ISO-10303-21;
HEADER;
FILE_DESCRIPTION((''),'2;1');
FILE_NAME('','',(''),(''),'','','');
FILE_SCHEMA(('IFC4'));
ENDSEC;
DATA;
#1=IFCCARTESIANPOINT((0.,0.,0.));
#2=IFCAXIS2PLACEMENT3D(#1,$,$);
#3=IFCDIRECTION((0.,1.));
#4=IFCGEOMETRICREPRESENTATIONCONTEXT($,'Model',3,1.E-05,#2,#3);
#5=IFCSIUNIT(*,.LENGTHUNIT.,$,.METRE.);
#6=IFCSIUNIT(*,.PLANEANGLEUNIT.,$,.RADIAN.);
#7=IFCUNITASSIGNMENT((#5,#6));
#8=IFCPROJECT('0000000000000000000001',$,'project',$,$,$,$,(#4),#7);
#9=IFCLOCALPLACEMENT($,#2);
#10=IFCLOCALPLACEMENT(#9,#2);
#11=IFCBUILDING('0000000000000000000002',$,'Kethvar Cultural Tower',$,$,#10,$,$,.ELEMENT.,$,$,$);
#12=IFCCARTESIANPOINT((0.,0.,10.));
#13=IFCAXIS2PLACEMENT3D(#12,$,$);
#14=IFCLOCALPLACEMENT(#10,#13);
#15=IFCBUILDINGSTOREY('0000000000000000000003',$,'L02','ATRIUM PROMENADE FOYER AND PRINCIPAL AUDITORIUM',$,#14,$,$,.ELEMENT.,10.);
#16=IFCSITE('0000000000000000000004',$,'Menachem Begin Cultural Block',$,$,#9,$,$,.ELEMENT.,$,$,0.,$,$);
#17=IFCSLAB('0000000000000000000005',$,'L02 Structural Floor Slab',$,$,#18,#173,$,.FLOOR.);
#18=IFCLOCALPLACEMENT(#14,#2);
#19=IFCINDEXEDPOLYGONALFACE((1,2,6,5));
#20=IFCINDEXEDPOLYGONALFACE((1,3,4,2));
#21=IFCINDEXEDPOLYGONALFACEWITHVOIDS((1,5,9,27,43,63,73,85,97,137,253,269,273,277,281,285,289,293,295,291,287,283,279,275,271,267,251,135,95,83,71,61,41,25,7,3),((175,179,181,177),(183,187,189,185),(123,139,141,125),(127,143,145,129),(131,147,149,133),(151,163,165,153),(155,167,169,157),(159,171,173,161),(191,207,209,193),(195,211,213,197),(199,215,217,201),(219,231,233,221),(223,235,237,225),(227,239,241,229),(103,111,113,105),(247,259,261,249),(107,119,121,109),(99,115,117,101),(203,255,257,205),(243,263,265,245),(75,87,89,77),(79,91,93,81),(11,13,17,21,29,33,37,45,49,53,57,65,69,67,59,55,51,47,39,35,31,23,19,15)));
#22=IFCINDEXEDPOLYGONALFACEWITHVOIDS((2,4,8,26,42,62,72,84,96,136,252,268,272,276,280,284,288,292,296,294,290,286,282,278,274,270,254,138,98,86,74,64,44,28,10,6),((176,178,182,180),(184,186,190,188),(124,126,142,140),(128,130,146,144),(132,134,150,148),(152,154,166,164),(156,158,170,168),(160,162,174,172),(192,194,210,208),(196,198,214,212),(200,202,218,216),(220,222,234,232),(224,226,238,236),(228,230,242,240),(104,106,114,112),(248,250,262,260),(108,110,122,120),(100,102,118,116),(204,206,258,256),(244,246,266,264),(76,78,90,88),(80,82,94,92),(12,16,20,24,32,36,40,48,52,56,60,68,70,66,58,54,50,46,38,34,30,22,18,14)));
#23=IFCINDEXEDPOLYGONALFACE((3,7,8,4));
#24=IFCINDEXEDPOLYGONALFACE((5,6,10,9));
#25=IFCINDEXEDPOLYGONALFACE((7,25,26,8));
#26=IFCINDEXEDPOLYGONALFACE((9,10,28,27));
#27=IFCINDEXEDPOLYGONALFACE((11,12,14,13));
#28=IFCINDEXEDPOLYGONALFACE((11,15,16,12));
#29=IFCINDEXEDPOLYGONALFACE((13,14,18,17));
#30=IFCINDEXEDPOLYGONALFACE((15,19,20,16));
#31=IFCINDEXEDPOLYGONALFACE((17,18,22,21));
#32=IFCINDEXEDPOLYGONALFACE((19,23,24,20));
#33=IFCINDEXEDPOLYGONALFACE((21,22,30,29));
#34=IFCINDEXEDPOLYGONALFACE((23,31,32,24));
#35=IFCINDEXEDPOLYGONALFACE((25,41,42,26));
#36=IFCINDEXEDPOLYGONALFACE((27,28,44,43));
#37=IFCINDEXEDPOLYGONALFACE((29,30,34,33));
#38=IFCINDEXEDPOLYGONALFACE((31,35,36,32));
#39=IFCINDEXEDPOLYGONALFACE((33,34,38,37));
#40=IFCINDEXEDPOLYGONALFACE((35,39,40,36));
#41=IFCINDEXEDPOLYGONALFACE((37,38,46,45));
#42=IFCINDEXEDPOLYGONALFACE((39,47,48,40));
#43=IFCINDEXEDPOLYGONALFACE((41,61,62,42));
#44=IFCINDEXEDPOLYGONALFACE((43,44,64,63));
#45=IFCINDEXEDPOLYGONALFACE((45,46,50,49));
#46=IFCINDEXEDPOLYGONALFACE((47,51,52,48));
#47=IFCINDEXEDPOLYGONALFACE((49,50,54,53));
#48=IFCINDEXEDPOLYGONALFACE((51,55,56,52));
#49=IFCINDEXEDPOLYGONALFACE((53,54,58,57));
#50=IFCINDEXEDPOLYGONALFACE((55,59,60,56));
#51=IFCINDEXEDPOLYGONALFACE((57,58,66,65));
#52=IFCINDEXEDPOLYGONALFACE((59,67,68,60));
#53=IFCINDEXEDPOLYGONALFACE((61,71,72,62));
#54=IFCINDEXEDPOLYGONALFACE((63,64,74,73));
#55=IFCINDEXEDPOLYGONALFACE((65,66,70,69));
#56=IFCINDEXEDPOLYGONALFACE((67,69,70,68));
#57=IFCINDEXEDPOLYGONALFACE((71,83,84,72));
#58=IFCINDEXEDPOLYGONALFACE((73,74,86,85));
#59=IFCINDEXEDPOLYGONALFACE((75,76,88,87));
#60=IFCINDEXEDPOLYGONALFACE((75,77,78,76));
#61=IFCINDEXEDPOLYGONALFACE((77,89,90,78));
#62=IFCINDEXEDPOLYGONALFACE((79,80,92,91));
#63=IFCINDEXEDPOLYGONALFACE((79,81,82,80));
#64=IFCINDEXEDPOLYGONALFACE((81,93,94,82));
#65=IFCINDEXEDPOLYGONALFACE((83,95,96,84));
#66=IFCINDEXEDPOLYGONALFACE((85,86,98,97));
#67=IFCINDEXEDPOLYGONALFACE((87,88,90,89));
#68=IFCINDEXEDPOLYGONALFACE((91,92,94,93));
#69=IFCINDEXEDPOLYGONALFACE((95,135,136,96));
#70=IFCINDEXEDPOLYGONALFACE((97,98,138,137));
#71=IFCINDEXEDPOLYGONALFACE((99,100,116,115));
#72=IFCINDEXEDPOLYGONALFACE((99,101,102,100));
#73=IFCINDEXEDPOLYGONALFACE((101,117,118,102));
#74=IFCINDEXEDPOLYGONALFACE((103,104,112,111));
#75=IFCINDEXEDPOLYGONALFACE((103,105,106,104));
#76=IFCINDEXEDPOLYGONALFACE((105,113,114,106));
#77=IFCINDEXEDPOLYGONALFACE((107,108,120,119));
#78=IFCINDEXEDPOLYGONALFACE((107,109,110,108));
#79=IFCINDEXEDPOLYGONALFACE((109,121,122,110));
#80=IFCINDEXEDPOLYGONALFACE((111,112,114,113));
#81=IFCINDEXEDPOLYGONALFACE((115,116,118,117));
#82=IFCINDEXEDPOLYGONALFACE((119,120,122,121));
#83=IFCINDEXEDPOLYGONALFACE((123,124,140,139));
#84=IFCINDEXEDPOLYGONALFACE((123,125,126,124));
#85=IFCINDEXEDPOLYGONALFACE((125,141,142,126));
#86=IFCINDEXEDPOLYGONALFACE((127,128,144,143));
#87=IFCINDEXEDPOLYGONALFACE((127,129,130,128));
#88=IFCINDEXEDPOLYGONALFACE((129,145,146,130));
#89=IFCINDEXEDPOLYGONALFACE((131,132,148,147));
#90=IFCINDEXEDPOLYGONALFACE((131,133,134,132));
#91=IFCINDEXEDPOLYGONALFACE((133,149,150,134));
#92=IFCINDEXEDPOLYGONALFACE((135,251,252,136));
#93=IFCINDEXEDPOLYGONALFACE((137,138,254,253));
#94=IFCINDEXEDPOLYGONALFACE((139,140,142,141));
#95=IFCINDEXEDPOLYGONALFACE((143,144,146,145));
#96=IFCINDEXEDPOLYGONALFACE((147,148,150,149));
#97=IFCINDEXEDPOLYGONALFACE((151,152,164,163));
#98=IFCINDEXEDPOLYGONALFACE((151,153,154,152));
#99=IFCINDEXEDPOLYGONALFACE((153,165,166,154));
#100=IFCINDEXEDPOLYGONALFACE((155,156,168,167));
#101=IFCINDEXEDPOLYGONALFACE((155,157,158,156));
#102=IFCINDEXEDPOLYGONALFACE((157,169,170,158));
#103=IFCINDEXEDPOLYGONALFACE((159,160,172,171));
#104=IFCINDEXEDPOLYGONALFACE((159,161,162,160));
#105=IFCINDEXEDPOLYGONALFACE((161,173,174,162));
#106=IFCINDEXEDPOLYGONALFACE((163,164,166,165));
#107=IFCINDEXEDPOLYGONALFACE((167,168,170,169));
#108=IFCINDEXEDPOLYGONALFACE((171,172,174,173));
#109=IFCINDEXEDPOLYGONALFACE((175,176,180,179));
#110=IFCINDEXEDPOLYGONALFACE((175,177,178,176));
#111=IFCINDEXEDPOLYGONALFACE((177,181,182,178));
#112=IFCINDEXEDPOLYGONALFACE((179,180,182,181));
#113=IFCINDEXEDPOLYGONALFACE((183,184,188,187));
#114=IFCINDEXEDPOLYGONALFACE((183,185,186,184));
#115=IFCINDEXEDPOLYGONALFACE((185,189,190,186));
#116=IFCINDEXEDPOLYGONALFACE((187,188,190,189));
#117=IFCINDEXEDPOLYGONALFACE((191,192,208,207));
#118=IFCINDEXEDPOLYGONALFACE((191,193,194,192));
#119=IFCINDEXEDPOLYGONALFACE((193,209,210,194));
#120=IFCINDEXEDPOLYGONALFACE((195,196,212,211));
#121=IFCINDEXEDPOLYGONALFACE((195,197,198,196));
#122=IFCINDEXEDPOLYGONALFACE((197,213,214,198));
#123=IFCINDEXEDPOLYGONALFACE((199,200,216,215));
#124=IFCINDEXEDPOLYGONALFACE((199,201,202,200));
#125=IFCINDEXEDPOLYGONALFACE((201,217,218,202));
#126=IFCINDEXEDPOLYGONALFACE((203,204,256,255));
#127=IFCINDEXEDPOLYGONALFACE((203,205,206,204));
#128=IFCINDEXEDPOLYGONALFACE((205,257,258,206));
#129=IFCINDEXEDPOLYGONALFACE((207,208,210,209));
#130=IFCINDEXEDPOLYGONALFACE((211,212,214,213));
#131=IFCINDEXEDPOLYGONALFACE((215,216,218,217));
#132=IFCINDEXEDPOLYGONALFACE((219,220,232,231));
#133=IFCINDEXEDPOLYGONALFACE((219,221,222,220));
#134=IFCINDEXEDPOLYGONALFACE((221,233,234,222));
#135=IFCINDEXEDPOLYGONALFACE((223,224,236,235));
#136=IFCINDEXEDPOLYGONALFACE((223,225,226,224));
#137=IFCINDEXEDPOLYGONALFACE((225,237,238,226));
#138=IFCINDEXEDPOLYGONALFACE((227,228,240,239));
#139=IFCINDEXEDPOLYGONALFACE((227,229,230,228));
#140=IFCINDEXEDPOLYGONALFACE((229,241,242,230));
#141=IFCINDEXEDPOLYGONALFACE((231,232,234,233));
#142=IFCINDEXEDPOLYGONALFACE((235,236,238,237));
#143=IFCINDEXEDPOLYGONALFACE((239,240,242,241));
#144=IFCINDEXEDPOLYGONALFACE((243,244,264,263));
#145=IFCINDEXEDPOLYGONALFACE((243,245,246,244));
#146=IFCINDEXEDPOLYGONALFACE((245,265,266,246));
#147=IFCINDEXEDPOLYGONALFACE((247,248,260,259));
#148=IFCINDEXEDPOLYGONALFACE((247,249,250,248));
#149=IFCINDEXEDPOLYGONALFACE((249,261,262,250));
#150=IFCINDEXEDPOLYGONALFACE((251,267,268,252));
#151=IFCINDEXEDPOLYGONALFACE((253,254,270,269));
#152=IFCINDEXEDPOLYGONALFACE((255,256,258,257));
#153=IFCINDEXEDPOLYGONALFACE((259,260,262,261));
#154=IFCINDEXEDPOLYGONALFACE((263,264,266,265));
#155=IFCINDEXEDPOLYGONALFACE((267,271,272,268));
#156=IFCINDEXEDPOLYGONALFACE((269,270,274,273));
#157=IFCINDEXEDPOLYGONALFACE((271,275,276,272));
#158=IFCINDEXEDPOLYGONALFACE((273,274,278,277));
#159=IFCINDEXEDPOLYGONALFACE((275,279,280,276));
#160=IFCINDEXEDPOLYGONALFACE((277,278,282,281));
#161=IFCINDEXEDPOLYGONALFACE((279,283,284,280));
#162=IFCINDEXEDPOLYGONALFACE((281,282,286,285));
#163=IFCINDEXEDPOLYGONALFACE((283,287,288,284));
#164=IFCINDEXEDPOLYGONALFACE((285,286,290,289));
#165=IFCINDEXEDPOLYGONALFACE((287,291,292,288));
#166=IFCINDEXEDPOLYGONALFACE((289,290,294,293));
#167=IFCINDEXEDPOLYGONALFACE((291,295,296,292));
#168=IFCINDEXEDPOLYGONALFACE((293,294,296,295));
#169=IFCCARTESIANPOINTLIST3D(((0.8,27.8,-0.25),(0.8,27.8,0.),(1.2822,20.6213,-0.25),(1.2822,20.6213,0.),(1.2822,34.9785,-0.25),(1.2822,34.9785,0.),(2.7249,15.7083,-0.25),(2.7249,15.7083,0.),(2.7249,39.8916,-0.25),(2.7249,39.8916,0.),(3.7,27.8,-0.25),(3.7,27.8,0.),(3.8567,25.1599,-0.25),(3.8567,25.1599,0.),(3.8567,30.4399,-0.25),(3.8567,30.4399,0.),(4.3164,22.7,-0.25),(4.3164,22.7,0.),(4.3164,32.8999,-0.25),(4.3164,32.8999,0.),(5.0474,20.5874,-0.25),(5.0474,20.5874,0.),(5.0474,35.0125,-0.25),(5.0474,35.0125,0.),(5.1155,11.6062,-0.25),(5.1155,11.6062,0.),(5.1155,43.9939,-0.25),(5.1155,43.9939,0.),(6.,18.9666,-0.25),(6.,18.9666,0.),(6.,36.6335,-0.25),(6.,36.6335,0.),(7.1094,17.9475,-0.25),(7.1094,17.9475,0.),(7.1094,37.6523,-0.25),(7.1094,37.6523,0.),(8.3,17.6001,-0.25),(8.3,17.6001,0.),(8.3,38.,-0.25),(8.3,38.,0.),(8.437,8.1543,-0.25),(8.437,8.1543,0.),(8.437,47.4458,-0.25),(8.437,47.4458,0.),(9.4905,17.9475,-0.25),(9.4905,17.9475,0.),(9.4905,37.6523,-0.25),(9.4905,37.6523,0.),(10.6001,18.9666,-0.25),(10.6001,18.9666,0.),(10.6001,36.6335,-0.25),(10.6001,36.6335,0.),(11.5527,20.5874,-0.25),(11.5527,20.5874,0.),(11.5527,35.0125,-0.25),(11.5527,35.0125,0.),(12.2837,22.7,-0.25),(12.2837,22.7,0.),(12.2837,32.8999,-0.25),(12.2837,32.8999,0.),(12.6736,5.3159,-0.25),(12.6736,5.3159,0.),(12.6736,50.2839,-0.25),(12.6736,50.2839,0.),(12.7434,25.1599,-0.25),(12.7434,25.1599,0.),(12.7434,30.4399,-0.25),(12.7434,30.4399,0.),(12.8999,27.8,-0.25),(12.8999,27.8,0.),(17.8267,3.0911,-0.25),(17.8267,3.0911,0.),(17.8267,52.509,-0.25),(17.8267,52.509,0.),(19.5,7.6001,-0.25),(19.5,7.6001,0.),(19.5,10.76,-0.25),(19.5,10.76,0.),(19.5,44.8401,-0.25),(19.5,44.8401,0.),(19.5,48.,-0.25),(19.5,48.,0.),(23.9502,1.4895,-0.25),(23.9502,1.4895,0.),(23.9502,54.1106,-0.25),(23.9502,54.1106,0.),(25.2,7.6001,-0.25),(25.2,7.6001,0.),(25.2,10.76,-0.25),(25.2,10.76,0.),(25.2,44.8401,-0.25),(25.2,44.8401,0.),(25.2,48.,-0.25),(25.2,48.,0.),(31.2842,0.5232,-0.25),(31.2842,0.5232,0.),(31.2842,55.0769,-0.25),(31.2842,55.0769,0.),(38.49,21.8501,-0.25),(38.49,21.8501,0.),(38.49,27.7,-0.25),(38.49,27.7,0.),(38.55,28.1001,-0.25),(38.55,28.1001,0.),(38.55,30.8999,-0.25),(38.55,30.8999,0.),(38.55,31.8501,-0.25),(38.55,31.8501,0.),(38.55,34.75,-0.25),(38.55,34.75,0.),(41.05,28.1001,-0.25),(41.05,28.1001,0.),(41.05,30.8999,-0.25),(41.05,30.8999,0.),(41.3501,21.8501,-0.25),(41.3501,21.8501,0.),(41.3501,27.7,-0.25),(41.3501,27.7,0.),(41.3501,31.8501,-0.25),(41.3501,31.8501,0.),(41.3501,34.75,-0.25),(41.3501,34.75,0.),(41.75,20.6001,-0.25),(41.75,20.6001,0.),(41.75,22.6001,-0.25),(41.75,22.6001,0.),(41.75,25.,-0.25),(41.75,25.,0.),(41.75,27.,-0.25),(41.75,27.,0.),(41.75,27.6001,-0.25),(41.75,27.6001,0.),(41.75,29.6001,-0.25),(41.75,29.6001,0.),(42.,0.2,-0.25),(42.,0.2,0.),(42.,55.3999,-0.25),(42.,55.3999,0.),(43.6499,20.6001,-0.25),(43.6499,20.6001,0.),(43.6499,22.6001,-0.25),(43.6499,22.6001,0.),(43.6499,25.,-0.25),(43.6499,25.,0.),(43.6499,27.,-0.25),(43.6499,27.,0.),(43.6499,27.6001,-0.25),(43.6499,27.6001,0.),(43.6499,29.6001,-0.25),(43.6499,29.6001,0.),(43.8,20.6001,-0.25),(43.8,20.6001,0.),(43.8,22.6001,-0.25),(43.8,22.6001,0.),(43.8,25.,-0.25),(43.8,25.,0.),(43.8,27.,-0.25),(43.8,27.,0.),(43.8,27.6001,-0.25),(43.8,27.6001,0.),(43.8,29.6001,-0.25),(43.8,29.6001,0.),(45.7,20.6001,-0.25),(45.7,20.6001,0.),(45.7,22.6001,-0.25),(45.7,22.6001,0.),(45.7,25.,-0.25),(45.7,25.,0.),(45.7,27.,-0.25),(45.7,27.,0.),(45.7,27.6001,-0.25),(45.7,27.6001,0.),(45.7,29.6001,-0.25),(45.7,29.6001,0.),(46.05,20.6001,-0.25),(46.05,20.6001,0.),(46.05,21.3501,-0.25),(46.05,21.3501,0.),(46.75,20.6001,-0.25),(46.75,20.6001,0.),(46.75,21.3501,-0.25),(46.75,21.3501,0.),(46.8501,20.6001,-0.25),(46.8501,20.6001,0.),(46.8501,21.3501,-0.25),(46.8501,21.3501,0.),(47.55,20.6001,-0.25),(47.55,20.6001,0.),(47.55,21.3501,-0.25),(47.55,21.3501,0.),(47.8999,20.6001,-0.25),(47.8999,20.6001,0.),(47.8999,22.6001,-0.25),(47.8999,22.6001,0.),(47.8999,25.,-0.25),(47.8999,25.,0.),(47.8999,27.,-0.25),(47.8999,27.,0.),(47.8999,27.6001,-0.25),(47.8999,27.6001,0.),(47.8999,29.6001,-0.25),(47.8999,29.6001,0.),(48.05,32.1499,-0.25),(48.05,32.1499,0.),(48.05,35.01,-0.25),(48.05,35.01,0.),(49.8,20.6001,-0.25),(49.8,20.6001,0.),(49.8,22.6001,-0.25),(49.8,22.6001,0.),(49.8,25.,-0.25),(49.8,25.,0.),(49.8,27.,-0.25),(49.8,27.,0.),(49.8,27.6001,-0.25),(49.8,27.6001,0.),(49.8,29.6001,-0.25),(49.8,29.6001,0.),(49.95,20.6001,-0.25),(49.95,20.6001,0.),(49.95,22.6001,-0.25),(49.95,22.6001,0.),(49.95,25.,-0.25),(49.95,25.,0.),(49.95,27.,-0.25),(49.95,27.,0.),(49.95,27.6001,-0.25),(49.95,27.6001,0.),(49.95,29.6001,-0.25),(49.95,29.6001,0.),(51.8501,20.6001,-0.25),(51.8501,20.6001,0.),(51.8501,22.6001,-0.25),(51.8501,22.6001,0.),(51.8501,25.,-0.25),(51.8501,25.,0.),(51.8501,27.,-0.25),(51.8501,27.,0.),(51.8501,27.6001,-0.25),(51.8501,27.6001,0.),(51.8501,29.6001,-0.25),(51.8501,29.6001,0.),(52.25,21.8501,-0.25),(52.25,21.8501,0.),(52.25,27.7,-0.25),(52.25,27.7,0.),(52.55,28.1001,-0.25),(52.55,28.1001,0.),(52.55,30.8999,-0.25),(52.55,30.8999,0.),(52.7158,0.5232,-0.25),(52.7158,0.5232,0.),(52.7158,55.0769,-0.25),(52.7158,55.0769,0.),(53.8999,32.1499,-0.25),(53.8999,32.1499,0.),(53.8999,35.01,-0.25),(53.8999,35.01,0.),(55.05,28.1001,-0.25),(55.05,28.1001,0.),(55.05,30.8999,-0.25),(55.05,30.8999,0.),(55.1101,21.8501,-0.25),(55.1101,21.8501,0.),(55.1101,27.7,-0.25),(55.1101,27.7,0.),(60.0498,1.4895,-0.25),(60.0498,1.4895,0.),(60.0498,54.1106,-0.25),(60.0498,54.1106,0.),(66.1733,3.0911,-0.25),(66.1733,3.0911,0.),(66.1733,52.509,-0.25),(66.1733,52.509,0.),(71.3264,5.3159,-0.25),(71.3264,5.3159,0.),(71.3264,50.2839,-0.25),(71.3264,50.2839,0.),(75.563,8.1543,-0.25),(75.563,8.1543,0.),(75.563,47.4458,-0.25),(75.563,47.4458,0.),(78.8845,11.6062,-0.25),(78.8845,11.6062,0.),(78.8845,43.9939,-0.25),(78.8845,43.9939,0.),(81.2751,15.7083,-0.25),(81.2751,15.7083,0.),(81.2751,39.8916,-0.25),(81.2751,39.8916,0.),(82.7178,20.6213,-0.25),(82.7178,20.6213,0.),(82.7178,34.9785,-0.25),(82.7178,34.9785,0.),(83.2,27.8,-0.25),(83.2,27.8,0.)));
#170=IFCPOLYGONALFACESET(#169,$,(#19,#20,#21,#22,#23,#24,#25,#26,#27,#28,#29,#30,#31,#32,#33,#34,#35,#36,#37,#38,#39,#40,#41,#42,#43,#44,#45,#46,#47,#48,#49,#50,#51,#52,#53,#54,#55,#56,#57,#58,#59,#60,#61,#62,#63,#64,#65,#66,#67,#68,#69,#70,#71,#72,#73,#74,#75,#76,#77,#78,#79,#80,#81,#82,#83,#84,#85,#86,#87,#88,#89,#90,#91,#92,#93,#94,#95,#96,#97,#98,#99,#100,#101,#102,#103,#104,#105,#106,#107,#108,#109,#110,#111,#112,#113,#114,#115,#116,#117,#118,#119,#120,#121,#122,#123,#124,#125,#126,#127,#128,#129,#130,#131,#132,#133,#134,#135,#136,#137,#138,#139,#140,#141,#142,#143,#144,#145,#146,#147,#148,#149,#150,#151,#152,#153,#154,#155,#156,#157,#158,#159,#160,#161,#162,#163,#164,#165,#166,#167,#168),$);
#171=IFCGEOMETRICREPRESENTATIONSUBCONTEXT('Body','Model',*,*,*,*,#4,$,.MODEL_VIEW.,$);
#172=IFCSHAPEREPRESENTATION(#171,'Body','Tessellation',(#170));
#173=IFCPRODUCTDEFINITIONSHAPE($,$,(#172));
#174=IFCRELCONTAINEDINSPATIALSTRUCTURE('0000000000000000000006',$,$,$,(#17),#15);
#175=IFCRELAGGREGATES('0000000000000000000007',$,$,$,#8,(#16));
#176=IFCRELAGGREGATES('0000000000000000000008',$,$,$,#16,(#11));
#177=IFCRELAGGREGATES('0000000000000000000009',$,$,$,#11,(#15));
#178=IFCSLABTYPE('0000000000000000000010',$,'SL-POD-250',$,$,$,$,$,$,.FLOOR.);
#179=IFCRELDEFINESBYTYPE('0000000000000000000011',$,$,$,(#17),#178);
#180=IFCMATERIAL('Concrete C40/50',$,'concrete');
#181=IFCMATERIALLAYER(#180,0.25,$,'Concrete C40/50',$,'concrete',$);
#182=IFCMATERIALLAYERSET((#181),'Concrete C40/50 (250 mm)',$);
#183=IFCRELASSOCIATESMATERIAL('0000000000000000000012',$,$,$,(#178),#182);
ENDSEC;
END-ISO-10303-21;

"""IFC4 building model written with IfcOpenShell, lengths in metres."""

from ifc_helpers import new_model, si_unit, direction, frame, origin, place, context, subcontext, project, spatial, polyline, outline, extrude, material, layer, layer_set, type_object, element, save


model = new_model("IFC4")

# Units and contexts
model_context = context("Model", 3, precision=1e-05, world=origin(), true_north=direction((0.0, 1.0)))
body_context = subcontext(model_context, "Body", "Model", "MODEL_VIEW")
ifc_project = project(units=[si_unit("LENGTHUNIT", "METRE"), si_unit("PLANEANGLEUNIT", "RADIAN")], contexts=[model_context])

# Site, building, storey
site_placement = place(None, origin())
site = spatial("IfcSite", under=ifc_project, at=site_placement, Name="Menachem Begin Cultural Block", CompositionType="ELEMENT", RefElevation=0.0)
building_placement = place(site_placement, origin())
building = spatial("IfcBuilding", under=site, at=building_placement, Name="Kethvar Cultural Tower", CompositionType="ELEMENT")
storey_placement = place(building_placement, frame((0.0, 0.0, 10.0)))
storey = spatial("IfcBuildingStorey", under=building, at=storey_placement, Name="L02", Description="ATRIUM PROMENADE FOYER AND PRINCIPAL AUDITORIUM", CompositionType="ELEMENT", Elevation=10.0)

# Slab
ifc_material_1 = material(Name="Concrete C40/50", Category="concrete")
ifc_layer_1 = layer(ifc_material_1, 0.25, Name="Concrete C40/50", Category="concrete")
ifc_layer_set_1 = layer_set([ifc_layer_1], Name="Concrete C40/50 (250 mm)")
slab_type_1 = type_object("IfcSlabType", Name="SL-POD-250", PredefinedType="FLOOR", material=ifc_layer_set_1)
slab_1_placement = place(storey_placement, frame((0.0, 0.0, -0.25)))
element("IfcSlab", 1, at=slab_1_placement, inside=storey, type_object=slab_type_1, Name="L02 Structural Floor Slab", PredefinedType="FLOOR", context=body_context, shape_type="SweptSolid", body=[
    extrude(outline(polyline([(83.2, 27.8), (82.7178, 34.9785), (81.2751, 39.8916), (78.8845, 43.9939), (75.563, 47.4458), (71.3264, 50.2839), (66.1733, 52.509), (60.0498, 54.1106), (52.7158, 55.0769), (42.0, 55.3999), (31.2842, 55.0769), (23.9502, 54.1106), (17.8267, 52.509), (12.6736, 50.2839), (8.437, 47.4458), (5.1155, 43.9939), (2.7249, 39.8916), (1.2822, 34.9785), (0.8, 27.8), (1.2822, 20.6213), (2.7249, 15.7083), (5.1155, 11.6062), (8.437, 8.1543), (12.6736, 5.3159), (17.8267, 3.0911), (23.9502, 1.4895), (31.2842, 0.5232), (42.0, 0.2), (52.7158, 0.5232), (60.0498, 1.4895), (66.1733, 3.0911), (71.3264, 5.3159), (75.563, 8.1543), (78.8845, 11.6062), (81.2751, 15.7083), (82.7178, 20.6213), (83.2, 27.8)]), holes=[polyline([(38.49, 21.8501), (38.49, 27.7), (41.3501, 27.7), (41.3501, 21.8501), (38.49, 21.8501)]), polyline([(52.25, 21.8501), (52.25, 27.7), (55.1101, 27.7), (55.1101, 21.8501), (52.25, 21.8501)]), polyline([(53.8999, 32.1499), (48.05, 32.1499), (48.05, 35.01), (53.8999, 35.01), (53.8999, 32.1499)]), polyline([(19.5, 10.76), (25.2, 10.76), (25.2, 7.6001), (19.5, 7.6001), (19.5, 10.76)]), polyline([(19.5, 48.0), (25.2, 48.0), (25.2, 44.8401), (19.5, 44.8401), (19.5, 48.0)]), polyline([(41.75, 22.6001), (43.6499, 22.6001), (43.6499, 20.6001), (41.75, 20.6001), (41.75, 22.6001)]), polyline([(43.8, 22.6001), (45.7, 22.6001), (45.7, 20.6001), (43.8, 20.6001), (43.8, 22.6001)]), polyline([(47.8999, 22.6001), (49.8, 22.6001), (49.8, 20.6001), (47.8999, 20.6001), (47.8999, 22.6001)]), polyline([(49.95, 22.6001), (51.8501, 22.6001), (51.8501, 20.6001), (49.95, 20.6001), (49.95, 22.6001)]), polyline([(41.75, 27.0), (43.6499, 27.0), (43.6499, 25.0), (41.75, 25.0), (41.75, 27.0)]), polyline([(43.8, 27.0), (45.7, 27.0), (45.7, 25.0), (43.8, 25.0), (43.8, 27.0)]), polyline([(47.8999, 27.0), (49.8, 27.0), (49.8, 25.0), (47.8999, 25.0), (47.8999, 27.0)]), polyline([(49.95, 27.0), (51.8501, 27.0), (51.8501, 25.0), (49.95, 25.0), (49.95, 27.0)]), polyline([(41.75, 29.6001), (43.6499, 29.6001), (43.6499, 27.6001), (41.75, 27.6001), (41.75, 29.6001)]), polyline([(43.8, 29.6001), (45.7, 29.6001), (45.7, 27.6001), (43.8, 27.6001), (43.8, 29.6001)]), polyline([(47.8999, 29.6001), (49.8, 29.6001), (49.8, 27.6001), (47.8999, 27.6001), (47.8999, 29.6001)]), polyline([(49.95, 29.6001), (51.8501, 29.6001), (51.8501, 27.6001), (49.95, 27.6001), (49.95, 29.6001)]), polyline([(38.55, 30.8999), (41.05, 30.8999), (41.05, 28.1001), (38.55, 28.1001), (38.55, 30.8999)]), polyline([(52.55, 30.8999), (55.05, 30.8999), (55.05, 28.1001), (52.55, 28.1001), (52.55, 30.8999)]), polyline([(38.55, 34.75), (41.3501, 34.75), (41.3501, 31.8501), (38.55, 31.8501), (38.55, 34.75)]), polyline([(46.05, 21.3501), (46.75, 21.3501), (46.75, 20.6001), (46.05, 20.6001), (46.05, 21.3501)]), polyline([(46.8501, 21.3501), (47.55, 21.3501), (47.55, 20.6001), (46.8501, 20.6001), (46.8501, 21.3501)]), polyline([(12.7434, 25.1599), (12.2837, 22.7), (11.5527, 20.5874), (10.6001, 18.9666), (9.4905, 17.9475), (8.3, 17.6001), (7.1094, 17.9475), (6.0, 18.9666), (5.0474, 20.5874), (4.3164, 22.7), (3.8567, 25.1599), (3.7, 27.8), (3.8567, 30.4399), (4.3164, 32.8999), (5.0474, 35.0125), (6.0, 36.6335), (7.1094, 37.6523), (8.3, 38.0), (9.4905, 37.6523), (10.6001, 36.6335), (11.5527, 35.0125), (12.2837, 32.8999), (12.7434, 30.4399), (12.8999, 27.8), (12.7434, 25.1599)])]), origin(), (0.0, 0.0, 1.0), 0.25),
])

save(model, "model.ifc")
